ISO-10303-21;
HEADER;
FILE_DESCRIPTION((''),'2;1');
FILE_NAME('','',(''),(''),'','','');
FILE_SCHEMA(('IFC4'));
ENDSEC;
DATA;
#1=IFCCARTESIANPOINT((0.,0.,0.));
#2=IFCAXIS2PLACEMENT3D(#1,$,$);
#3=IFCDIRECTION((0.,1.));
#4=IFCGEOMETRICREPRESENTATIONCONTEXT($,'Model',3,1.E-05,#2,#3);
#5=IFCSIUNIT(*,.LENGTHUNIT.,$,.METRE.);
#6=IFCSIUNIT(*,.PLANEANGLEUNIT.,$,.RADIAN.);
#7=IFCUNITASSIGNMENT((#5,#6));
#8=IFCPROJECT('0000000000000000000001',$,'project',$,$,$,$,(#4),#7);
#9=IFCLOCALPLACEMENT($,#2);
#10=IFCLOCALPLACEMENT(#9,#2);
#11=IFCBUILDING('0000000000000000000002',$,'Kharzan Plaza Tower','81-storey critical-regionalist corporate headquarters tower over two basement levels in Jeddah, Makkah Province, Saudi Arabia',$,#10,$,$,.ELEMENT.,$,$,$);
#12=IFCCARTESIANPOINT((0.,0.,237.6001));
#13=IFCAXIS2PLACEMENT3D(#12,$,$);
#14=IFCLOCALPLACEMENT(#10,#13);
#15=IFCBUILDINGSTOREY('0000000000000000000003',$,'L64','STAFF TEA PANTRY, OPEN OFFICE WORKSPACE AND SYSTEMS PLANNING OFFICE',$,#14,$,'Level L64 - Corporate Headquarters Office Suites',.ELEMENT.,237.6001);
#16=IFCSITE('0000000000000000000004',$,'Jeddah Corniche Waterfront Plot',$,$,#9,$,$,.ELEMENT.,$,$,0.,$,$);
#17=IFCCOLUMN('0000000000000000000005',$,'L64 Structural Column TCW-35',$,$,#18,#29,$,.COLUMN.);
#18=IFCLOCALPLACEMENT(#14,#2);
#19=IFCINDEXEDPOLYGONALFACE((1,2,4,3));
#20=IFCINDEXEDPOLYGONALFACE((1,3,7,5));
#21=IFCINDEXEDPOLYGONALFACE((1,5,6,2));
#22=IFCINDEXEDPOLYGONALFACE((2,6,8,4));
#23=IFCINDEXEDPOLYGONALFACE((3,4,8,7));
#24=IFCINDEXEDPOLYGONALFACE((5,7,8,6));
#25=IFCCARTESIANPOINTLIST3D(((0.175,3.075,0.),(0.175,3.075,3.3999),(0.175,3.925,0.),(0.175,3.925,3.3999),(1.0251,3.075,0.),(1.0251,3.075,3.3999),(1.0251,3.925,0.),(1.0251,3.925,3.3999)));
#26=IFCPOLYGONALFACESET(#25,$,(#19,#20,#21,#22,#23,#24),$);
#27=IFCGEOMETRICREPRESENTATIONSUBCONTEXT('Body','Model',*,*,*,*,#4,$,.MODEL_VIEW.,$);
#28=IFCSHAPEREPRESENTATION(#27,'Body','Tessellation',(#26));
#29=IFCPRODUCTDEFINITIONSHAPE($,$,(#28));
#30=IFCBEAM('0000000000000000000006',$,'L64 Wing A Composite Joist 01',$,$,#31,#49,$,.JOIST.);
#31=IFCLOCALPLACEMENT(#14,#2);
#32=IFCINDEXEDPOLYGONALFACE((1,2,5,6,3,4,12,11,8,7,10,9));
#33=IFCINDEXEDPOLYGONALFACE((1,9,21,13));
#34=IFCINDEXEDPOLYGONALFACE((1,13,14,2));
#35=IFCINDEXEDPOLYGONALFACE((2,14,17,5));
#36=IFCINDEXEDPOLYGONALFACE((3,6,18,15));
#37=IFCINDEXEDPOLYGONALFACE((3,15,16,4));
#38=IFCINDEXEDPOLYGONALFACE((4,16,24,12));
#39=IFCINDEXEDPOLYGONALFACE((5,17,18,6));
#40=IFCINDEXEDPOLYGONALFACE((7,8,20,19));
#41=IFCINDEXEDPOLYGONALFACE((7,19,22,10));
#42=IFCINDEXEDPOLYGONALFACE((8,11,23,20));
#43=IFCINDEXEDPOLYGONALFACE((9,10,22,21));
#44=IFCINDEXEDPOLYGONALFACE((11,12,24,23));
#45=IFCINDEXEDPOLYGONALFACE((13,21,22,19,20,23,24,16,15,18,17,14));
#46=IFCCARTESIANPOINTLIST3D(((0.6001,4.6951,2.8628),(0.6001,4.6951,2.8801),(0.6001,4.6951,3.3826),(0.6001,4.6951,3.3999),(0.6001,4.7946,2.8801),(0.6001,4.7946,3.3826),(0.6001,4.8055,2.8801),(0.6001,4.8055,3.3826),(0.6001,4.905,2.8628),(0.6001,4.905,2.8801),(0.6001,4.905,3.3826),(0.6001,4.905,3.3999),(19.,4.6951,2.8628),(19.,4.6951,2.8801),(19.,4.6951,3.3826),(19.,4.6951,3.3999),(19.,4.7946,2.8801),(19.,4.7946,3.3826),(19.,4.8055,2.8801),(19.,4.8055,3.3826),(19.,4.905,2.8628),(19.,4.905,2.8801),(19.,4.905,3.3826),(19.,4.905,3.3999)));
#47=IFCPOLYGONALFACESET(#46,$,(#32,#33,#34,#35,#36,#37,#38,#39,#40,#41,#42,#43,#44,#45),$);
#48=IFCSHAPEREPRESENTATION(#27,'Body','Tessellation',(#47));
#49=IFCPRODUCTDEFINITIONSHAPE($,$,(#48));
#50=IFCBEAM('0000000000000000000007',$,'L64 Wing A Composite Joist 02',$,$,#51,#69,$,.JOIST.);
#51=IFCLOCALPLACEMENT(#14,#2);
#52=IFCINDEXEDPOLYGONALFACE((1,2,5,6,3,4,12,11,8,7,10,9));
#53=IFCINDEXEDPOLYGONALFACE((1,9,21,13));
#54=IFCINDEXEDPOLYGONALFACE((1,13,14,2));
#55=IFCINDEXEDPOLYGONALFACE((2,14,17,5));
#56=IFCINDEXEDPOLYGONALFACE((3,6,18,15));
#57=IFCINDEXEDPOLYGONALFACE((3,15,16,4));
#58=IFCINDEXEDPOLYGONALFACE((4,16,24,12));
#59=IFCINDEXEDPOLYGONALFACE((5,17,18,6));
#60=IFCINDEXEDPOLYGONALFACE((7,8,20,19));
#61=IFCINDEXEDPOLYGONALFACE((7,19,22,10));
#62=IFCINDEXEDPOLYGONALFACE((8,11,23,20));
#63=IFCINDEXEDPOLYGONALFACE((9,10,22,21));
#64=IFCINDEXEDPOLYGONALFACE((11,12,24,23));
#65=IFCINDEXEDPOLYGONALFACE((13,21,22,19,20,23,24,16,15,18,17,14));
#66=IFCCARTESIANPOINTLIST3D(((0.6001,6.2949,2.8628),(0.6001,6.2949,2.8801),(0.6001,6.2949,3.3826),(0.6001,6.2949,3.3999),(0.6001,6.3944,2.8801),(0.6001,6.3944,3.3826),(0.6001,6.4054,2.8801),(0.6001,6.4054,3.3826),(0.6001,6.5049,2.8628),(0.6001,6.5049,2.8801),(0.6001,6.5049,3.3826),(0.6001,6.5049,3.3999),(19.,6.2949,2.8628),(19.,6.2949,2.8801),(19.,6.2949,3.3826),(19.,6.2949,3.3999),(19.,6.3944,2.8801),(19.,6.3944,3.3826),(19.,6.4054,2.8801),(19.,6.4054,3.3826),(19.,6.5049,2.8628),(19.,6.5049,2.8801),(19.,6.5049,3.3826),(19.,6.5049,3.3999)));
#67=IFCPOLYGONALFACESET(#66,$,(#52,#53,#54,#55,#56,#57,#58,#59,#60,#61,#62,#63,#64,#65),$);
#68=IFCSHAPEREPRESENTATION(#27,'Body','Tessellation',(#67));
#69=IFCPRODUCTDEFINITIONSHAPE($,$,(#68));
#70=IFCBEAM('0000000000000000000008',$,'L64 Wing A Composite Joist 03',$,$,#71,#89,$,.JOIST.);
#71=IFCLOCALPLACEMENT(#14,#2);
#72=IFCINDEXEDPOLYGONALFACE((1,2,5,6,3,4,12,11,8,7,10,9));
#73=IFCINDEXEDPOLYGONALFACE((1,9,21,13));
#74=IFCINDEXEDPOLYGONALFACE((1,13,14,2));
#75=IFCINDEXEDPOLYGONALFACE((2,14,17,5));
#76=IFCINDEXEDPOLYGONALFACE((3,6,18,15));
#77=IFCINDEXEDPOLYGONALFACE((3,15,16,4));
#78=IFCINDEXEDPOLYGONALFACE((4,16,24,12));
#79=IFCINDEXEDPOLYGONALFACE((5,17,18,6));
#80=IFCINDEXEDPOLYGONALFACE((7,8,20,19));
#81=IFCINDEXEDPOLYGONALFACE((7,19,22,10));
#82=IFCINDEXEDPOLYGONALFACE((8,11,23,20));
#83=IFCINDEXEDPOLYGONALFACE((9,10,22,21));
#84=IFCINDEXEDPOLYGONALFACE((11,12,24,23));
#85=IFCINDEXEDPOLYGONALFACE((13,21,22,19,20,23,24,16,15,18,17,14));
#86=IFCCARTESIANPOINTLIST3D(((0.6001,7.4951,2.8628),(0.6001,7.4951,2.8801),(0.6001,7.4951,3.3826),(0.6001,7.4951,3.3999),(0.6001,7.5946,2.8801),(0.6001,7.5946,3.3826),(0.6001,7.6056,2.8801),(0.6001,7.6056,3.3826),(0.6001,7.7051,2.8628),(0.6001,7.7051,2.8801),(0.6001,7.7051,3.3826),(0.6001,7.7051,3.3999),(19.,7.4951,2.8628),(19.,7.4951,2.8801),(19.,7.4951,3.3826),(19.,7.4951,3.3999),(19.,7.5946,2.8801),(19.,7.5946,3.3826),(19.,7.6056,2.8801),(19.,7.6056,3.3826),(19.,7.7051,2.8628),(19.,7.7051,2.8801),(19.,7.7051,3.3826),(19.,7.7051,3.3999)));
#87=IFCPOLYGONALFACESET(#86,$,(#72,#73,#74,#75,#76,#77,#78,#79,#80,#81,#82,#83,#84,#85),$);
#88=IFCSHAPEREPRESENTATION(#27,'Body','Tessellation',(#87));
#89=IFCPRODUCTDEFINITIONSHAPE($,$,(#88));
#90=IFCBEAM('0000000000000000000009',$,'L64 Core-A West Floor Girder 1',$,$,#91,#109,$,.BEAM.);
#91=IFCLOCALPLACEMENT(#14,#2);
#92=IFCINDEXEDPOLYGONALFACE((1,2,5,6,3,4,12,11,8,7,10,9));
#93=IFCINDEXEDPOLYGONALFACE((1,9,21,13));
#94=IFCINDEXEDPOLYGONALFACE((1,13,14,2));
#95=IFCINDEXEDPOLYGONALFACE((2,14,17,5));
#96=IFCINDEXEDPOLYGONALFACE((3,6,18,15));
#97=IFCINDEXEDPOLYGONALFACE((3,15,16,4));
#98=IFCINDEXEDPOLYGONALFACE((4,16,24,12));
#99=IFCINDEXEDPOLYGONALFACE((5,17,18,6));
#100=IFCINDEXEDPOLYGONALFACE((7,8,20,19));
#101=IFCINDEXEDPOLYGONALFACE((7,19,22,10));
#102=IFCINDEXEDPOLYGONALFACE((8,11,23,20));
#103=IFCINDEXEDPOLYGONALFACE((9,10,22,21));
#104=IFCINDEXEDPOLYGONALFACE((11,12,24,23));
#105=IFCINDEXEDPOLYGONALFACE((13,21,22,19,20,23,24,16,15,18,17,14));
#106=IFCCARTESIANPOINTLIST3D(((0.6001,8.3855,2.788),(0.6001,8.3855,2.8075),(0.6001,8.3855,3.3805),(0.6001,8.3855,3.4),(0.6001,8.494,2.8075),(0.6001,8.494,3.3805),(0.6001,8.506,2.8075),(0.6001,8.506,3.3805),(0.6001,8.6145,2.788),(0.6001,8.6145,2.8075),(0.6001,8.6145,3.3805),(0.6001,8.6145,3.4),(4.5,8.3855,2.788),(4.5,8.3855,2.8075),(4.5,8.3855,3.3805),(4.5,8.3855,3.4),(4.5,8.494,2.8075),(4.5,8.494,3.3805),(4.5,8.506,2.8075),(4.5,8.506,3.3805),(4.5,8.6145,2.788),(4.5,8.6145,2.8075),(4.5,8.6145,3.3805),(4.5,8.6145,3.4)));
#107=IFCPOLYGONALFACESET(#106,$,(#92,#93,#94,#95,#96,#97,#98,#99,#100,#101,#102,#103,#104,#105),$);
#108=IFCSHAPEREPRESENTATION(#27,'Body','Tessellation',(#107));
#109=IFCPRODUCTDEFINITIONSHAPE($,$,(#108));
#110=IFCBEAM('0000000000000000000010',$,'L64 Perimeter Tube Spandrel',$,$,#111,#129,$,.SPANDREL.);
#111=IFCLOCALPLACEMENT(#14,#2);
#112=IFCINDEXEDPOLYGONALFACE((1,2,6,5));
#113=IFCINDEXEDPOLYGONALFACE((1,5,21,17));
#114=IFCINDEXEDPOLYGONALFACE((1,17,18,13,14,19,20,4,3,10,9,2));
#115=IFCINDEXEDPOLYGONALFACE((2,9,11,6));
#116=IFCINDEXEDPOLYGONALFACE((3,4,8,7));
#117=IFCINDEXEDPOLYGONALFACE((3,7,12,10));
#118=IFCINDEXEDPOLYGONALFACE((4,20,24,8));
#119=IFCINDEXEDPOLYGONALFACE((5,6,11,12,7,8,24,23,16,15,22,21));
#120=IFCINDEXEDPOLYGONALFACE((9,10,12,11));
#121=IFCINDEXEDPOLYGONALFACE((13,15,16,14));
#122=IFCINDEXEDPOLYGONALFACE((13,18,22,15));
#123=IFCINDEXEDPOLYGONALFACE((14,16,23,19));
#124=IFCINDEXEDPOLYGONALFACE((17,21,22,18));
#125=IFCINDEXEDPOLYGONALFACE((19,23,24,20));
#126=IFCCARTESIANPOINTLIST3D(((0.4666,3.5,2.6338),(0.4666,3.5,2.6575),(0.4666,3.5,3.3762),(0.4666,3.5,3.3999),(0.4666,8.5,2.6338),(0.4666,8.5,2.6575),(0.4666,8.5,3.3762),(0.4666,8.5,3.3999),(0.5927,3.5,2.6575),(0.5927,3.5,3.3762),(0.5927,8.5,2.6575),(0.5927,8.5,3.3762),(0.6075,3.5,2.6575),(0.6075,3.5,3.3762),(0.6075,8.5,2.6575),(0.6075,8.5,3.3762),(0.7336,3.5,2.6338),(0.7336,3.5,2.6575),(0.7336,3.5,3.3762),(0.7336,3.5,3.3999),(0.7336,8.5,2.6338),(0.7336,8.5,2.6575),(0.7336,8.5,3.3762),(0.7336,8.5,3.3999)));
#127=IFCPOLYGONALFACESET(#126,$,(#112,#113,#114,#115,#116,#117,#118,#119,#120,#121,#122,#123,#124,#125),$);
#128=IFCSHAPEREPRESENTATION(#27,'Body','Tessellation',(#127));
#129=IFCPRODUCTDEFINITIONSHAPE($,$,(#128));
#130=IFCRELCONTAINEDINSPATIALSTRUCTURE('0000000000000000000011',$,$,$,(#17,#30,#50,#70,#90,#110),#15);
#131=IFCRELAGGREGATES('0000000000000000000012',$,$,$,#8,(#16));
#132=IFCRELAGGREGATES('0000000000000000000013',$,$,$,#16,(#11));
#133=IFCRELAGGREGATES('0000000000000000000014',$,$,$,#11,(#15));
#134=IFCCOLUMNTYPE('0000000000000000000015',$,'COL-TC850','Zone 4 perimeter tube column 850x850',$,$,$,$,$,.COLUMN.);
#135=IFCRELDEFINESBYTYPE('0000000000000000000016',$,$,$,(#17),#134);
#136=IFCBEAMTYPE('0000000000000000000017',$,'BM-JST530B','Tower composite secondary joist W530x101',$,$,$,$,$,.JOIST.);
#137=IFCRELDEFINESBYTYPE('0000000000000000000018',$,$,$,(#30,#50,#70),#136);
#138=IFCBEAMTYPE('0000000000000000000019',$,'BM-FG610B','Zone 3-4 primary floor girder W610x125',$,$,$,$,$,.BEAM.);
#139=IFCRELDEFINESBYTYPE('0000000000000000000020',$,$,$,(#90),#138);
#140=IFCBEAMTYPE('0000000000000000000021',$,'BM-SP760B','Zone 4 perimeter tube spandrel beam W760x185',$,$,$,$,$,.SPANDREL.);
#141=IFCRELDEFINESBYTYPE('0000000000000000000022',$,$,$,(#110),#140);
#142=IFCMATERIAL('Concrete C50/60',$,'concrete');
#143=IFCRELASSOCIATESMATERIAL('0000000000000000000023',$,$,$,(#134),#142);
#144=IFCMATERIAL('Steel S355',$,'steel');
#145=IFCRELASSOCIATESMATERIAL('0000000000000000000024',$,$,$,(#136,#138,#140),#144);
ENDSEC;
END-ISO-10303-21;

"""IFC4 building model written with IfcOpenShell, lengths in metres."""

from ifc_helpers import new_model, si_unit, direction, frame, origin, origin_2d, place, context, subcontext, project, spatial, rectangle, i_section, extrude, source, transform, mapped, material, material_profile, profile_set, type_object, element, save


model = new_model("IFC4")

# Units and contexts
model_context = context("Model", 3, precision=1e-05, world=origin(), true_north=direction((0.0, 1.0)))
body_context = subcontext(model_context, "Body", "Model", "MODEL_VIEW")
ifc_project = project(units=[si_unit("LENGTHUNIT", "METRE"), si_unit("PLANEANGLEUNIT", "RADIAN")], contexts=[model_context])

# Site, building, storey
site_placement = place(None, origin())
site = spatial("IfcSite", under=ifc_project, at=site_placement, Name="Jeddah Corniche Waterfront Plot", CompositionType="ELEMENT", RefElevation=0.0)
building_placement = place(site_placement, origin())
building = spatial("IfcBuilding", under=site, at=building_placement, Name="Kharzan Plaza Tower", Description="81-storey critical-regionalist corporate headquarters tower over two basement levels in Jeddah, Makkah Province, Saudi Arabia", CompositionType="ELEMENT")
storey_placement = place(building_placement, frame((0.0, 0.0, 237.6001)))
storey = spatial("IfcBuildingStorey", under=building, at=storey_placement, Name="L64", Description="STAFF TEA PANTRY, OPEN OFFICE WORKSPACE AND SYSTEMS PLANNING OFFICE", LongName="Level L64 - Corporate Headquarters Office Suites", CompositionType="ELEMENT", Elevation=237.6001)

# Column
ifc_material_1 = material(Name="Concrete C50/60", Category="concrete")
ifc_material_profile_1 = material_profile(ifc_material_1, rectangle(XDim=0.8501, YDim=0.8501, at=origin_2d()), Name="RC-TC850x850")
ifc_profile_set_1 = profile_set([ifc_material_profile_1], Name="Concrete C50/60")
column_type = type_object("IfcColumnType", Name="COL-TC850", Description="Zone 4 perimeter tube column 850x850", PredefinedType="COLUMN", material=ifc_profile_set_1)
shared_shape_1 = source(origin(), body_context, "Body", "SweptSolid", [
    extrude(rectangle(XDim=0.8501, YDim=0.8501, at=origin_2d()), origin(), (0.0, 0.0, 1.0), 3.3999),
])
column_placement = place(storey_placement, frame((0.6001, 3.5, 0.0), z_axis=(0.0, 0.0, 1.0), x_axis=(1.0, 0.0, 0.0)))
element("IfcColumn", 1, at=column_placement, inside=storey, type_object=column_type, Name="L64 Structural Column TCW-35", PredefinedType="COLUMN", context=body_context, shape_type="MappedRepresentation", body=[
    mapped(shared_shape_1, transform((0.0, 0.0, 0.0), x_axis=(1.0, 0.0, 0.0), y_axis=(0.0, 1.0, 0.0), z_axis=(0.0, 0.0, 1.0))),
])

# Beams
ifc_material_2 = material(Name="Steel S355", Category="steel")
ifc_material_profile_2 = material_profile(ifc_material_2, i_section(OverallWidth=0.21, OverallDepth=0.5371, WebThickness=0.011, FlangeThickness=0.0173, at=origin_2d()), Name="W530x101")
ifc_profile_set_2 = profile_set([ifc_material_profile_2], Name="Steel S355")
beam_type_1 = type_object("IfcBeamType", Name="BM-JST530B", Description="Tower composite secondary joist W530x101", PredefinedType="JOIST", material=ifc_profile_set_2)
shared_shape_2 = source(origin(), body_context, "Body", "SweptSolid", [
    extrude(i_section(OverallWidth=0.21, OverallDepth=0.5371, WebThickness=0.011, FlangeThickness=0.0173, at=origin_2d()), origin(), (0.0, 0.0, 1.0), 18.3999),
])
for number, where, z_axis, x_axis, name in (
    (2, (0.6001, 4.8, 3.1313), (1.0, 0.0, 0.0), (0.0, 1.0, 0.0), "L64 Wing A Composite Joist 01"),
    (3, (0.6001, 6.3999, 3.1313), (1.0, 0.0, 0.0), (0.0, 1.0, 0.0), "L64 Wing A Composite Joist 02"),
    (4, (0.6001, 7.6001, 3.1313), (1.0, 0.0, 0.0), (0.0, 1.0, 0.0), "L64 Wing A Composite Joist 03"),
):
    element("IfcBeam", number, at=place(storey_placement, frame(where, z_axis=z_axis, x_axis=x_axis)), inside=storey, type_object=beam_type_1, Name=name, PredefinedType="JOIST", context=body_context, shape_type="MappedRepresentation", body=[
        mapped(shared_shape_2, transform((0.0, 0.0, 0.0), x_axis=(1.0, 0.0, 0.0), y_axis=(0.0, 1.0, 0.0), z_axis=(0.0, 0.0, 1.0))),
    ])
ifc_material_profile_3 = material_profile(ifc_material_2, i_section(OverallWidth=0.229, OverallDepth=0.6121, WebThickness=0.012, FlangeThickness=0.0195, at=origin_2d()), Name="W610x125")
ifc_profile_set_3 = profile_set([ifc_material_profile_3], Name="Steel S355")
beam_type_2 = type_object("IfcBeamType", Name="BM-FG610B", Description="Zone 3-4 primary floor girder W610x125", PredefinedType="BEAM", material=ifc_profile_set_3)
shared_shape_3 = source(origin(), body_context, "Body", "SweptSolid", [
    extrude(i_section(OverallWidth=0.229, OverallDepth=0.6121, WebThickness=0.012, FlangeThickness=0.0195, at=origin_2d()), origin(), (0.0, 0.0, 1.0), 3.8999),
])
beam_1_placement = place(storey_placement, frame((0.6001, 8.5, 3.094), z_axis=(1.0, 0.0, 0.0), x_axis=(0.0, 1.0, 0.0)))
element("IfcBeam", 5, at=beam_1_placement, inside=storey, type_object=beam_type_2, Name="L64 Core-A West Floor Girder 1", PredefinedType="BEAM", context=body_context, shape_type="MappedRepresentation", body=[
    mapped(shared_shape_3, transform((0.0, 0.0, 0.0), x_axis=(1.0, 0.0, 0.0), y_axis=(0.0, 1.0, 0.0), z_axis=(0.0, 0.0, 1.0))),
])
ifc_material_profile_4 = material_profile(ifc_material_2, i_section(OverallWidth=0.2671, OverallDepth=0.7661, WebThickness=0.0149, FlangeThickness=0.0237, at=origin_2d()), Name="W760x185")
ifc_profile_set_4 = profile_set([ifc_material_profile_4], Name="Steel S355")
beam_type_3 = type_object("IfcBeamType", Name="BM-SP760B", Description="Zone 4 perimeter tube spandrel beam W760x185", PredefinedType="SPANDREL", material=ifc_profile_set_4)
shared_shape_4 = source(origin(), body_context, "Body", "SweptSolid", [
    extrude(i_section(OverallWidth=0.2671, OverallDepth=0.7661, WebThickness=0.0149, FlangeThickness=0.0237, at=origin_2d()), origin(), (0.0, 0.0, 1.0), 5.0),
])
beam_2_placement = place(storey_placement, frame((0.6001, 3.5, 3.0168), z_axis=(0.0, 1.0, 0.0), x_axis=(-1.0, 0.0, 0.0)))
element("IfcBeam", 6, at=beam_2_placement, inside=storey, type_object=beam_type_3, Name="L64 Perimeter Tube Spandrel", PredefinedType="SPANDREL", context=body_context, shape_type="MappedRepresentation", body=[
    mapped(shared_shape_4, transform((0.0, 0.0, 0.0), x_axis=(1.0, 0.0, 0.0), y_axis=(0.0, 1.0, 0.0), z_axis=(0.0, 0.0, 1.0))),
])

save(model, "model.ifc")
